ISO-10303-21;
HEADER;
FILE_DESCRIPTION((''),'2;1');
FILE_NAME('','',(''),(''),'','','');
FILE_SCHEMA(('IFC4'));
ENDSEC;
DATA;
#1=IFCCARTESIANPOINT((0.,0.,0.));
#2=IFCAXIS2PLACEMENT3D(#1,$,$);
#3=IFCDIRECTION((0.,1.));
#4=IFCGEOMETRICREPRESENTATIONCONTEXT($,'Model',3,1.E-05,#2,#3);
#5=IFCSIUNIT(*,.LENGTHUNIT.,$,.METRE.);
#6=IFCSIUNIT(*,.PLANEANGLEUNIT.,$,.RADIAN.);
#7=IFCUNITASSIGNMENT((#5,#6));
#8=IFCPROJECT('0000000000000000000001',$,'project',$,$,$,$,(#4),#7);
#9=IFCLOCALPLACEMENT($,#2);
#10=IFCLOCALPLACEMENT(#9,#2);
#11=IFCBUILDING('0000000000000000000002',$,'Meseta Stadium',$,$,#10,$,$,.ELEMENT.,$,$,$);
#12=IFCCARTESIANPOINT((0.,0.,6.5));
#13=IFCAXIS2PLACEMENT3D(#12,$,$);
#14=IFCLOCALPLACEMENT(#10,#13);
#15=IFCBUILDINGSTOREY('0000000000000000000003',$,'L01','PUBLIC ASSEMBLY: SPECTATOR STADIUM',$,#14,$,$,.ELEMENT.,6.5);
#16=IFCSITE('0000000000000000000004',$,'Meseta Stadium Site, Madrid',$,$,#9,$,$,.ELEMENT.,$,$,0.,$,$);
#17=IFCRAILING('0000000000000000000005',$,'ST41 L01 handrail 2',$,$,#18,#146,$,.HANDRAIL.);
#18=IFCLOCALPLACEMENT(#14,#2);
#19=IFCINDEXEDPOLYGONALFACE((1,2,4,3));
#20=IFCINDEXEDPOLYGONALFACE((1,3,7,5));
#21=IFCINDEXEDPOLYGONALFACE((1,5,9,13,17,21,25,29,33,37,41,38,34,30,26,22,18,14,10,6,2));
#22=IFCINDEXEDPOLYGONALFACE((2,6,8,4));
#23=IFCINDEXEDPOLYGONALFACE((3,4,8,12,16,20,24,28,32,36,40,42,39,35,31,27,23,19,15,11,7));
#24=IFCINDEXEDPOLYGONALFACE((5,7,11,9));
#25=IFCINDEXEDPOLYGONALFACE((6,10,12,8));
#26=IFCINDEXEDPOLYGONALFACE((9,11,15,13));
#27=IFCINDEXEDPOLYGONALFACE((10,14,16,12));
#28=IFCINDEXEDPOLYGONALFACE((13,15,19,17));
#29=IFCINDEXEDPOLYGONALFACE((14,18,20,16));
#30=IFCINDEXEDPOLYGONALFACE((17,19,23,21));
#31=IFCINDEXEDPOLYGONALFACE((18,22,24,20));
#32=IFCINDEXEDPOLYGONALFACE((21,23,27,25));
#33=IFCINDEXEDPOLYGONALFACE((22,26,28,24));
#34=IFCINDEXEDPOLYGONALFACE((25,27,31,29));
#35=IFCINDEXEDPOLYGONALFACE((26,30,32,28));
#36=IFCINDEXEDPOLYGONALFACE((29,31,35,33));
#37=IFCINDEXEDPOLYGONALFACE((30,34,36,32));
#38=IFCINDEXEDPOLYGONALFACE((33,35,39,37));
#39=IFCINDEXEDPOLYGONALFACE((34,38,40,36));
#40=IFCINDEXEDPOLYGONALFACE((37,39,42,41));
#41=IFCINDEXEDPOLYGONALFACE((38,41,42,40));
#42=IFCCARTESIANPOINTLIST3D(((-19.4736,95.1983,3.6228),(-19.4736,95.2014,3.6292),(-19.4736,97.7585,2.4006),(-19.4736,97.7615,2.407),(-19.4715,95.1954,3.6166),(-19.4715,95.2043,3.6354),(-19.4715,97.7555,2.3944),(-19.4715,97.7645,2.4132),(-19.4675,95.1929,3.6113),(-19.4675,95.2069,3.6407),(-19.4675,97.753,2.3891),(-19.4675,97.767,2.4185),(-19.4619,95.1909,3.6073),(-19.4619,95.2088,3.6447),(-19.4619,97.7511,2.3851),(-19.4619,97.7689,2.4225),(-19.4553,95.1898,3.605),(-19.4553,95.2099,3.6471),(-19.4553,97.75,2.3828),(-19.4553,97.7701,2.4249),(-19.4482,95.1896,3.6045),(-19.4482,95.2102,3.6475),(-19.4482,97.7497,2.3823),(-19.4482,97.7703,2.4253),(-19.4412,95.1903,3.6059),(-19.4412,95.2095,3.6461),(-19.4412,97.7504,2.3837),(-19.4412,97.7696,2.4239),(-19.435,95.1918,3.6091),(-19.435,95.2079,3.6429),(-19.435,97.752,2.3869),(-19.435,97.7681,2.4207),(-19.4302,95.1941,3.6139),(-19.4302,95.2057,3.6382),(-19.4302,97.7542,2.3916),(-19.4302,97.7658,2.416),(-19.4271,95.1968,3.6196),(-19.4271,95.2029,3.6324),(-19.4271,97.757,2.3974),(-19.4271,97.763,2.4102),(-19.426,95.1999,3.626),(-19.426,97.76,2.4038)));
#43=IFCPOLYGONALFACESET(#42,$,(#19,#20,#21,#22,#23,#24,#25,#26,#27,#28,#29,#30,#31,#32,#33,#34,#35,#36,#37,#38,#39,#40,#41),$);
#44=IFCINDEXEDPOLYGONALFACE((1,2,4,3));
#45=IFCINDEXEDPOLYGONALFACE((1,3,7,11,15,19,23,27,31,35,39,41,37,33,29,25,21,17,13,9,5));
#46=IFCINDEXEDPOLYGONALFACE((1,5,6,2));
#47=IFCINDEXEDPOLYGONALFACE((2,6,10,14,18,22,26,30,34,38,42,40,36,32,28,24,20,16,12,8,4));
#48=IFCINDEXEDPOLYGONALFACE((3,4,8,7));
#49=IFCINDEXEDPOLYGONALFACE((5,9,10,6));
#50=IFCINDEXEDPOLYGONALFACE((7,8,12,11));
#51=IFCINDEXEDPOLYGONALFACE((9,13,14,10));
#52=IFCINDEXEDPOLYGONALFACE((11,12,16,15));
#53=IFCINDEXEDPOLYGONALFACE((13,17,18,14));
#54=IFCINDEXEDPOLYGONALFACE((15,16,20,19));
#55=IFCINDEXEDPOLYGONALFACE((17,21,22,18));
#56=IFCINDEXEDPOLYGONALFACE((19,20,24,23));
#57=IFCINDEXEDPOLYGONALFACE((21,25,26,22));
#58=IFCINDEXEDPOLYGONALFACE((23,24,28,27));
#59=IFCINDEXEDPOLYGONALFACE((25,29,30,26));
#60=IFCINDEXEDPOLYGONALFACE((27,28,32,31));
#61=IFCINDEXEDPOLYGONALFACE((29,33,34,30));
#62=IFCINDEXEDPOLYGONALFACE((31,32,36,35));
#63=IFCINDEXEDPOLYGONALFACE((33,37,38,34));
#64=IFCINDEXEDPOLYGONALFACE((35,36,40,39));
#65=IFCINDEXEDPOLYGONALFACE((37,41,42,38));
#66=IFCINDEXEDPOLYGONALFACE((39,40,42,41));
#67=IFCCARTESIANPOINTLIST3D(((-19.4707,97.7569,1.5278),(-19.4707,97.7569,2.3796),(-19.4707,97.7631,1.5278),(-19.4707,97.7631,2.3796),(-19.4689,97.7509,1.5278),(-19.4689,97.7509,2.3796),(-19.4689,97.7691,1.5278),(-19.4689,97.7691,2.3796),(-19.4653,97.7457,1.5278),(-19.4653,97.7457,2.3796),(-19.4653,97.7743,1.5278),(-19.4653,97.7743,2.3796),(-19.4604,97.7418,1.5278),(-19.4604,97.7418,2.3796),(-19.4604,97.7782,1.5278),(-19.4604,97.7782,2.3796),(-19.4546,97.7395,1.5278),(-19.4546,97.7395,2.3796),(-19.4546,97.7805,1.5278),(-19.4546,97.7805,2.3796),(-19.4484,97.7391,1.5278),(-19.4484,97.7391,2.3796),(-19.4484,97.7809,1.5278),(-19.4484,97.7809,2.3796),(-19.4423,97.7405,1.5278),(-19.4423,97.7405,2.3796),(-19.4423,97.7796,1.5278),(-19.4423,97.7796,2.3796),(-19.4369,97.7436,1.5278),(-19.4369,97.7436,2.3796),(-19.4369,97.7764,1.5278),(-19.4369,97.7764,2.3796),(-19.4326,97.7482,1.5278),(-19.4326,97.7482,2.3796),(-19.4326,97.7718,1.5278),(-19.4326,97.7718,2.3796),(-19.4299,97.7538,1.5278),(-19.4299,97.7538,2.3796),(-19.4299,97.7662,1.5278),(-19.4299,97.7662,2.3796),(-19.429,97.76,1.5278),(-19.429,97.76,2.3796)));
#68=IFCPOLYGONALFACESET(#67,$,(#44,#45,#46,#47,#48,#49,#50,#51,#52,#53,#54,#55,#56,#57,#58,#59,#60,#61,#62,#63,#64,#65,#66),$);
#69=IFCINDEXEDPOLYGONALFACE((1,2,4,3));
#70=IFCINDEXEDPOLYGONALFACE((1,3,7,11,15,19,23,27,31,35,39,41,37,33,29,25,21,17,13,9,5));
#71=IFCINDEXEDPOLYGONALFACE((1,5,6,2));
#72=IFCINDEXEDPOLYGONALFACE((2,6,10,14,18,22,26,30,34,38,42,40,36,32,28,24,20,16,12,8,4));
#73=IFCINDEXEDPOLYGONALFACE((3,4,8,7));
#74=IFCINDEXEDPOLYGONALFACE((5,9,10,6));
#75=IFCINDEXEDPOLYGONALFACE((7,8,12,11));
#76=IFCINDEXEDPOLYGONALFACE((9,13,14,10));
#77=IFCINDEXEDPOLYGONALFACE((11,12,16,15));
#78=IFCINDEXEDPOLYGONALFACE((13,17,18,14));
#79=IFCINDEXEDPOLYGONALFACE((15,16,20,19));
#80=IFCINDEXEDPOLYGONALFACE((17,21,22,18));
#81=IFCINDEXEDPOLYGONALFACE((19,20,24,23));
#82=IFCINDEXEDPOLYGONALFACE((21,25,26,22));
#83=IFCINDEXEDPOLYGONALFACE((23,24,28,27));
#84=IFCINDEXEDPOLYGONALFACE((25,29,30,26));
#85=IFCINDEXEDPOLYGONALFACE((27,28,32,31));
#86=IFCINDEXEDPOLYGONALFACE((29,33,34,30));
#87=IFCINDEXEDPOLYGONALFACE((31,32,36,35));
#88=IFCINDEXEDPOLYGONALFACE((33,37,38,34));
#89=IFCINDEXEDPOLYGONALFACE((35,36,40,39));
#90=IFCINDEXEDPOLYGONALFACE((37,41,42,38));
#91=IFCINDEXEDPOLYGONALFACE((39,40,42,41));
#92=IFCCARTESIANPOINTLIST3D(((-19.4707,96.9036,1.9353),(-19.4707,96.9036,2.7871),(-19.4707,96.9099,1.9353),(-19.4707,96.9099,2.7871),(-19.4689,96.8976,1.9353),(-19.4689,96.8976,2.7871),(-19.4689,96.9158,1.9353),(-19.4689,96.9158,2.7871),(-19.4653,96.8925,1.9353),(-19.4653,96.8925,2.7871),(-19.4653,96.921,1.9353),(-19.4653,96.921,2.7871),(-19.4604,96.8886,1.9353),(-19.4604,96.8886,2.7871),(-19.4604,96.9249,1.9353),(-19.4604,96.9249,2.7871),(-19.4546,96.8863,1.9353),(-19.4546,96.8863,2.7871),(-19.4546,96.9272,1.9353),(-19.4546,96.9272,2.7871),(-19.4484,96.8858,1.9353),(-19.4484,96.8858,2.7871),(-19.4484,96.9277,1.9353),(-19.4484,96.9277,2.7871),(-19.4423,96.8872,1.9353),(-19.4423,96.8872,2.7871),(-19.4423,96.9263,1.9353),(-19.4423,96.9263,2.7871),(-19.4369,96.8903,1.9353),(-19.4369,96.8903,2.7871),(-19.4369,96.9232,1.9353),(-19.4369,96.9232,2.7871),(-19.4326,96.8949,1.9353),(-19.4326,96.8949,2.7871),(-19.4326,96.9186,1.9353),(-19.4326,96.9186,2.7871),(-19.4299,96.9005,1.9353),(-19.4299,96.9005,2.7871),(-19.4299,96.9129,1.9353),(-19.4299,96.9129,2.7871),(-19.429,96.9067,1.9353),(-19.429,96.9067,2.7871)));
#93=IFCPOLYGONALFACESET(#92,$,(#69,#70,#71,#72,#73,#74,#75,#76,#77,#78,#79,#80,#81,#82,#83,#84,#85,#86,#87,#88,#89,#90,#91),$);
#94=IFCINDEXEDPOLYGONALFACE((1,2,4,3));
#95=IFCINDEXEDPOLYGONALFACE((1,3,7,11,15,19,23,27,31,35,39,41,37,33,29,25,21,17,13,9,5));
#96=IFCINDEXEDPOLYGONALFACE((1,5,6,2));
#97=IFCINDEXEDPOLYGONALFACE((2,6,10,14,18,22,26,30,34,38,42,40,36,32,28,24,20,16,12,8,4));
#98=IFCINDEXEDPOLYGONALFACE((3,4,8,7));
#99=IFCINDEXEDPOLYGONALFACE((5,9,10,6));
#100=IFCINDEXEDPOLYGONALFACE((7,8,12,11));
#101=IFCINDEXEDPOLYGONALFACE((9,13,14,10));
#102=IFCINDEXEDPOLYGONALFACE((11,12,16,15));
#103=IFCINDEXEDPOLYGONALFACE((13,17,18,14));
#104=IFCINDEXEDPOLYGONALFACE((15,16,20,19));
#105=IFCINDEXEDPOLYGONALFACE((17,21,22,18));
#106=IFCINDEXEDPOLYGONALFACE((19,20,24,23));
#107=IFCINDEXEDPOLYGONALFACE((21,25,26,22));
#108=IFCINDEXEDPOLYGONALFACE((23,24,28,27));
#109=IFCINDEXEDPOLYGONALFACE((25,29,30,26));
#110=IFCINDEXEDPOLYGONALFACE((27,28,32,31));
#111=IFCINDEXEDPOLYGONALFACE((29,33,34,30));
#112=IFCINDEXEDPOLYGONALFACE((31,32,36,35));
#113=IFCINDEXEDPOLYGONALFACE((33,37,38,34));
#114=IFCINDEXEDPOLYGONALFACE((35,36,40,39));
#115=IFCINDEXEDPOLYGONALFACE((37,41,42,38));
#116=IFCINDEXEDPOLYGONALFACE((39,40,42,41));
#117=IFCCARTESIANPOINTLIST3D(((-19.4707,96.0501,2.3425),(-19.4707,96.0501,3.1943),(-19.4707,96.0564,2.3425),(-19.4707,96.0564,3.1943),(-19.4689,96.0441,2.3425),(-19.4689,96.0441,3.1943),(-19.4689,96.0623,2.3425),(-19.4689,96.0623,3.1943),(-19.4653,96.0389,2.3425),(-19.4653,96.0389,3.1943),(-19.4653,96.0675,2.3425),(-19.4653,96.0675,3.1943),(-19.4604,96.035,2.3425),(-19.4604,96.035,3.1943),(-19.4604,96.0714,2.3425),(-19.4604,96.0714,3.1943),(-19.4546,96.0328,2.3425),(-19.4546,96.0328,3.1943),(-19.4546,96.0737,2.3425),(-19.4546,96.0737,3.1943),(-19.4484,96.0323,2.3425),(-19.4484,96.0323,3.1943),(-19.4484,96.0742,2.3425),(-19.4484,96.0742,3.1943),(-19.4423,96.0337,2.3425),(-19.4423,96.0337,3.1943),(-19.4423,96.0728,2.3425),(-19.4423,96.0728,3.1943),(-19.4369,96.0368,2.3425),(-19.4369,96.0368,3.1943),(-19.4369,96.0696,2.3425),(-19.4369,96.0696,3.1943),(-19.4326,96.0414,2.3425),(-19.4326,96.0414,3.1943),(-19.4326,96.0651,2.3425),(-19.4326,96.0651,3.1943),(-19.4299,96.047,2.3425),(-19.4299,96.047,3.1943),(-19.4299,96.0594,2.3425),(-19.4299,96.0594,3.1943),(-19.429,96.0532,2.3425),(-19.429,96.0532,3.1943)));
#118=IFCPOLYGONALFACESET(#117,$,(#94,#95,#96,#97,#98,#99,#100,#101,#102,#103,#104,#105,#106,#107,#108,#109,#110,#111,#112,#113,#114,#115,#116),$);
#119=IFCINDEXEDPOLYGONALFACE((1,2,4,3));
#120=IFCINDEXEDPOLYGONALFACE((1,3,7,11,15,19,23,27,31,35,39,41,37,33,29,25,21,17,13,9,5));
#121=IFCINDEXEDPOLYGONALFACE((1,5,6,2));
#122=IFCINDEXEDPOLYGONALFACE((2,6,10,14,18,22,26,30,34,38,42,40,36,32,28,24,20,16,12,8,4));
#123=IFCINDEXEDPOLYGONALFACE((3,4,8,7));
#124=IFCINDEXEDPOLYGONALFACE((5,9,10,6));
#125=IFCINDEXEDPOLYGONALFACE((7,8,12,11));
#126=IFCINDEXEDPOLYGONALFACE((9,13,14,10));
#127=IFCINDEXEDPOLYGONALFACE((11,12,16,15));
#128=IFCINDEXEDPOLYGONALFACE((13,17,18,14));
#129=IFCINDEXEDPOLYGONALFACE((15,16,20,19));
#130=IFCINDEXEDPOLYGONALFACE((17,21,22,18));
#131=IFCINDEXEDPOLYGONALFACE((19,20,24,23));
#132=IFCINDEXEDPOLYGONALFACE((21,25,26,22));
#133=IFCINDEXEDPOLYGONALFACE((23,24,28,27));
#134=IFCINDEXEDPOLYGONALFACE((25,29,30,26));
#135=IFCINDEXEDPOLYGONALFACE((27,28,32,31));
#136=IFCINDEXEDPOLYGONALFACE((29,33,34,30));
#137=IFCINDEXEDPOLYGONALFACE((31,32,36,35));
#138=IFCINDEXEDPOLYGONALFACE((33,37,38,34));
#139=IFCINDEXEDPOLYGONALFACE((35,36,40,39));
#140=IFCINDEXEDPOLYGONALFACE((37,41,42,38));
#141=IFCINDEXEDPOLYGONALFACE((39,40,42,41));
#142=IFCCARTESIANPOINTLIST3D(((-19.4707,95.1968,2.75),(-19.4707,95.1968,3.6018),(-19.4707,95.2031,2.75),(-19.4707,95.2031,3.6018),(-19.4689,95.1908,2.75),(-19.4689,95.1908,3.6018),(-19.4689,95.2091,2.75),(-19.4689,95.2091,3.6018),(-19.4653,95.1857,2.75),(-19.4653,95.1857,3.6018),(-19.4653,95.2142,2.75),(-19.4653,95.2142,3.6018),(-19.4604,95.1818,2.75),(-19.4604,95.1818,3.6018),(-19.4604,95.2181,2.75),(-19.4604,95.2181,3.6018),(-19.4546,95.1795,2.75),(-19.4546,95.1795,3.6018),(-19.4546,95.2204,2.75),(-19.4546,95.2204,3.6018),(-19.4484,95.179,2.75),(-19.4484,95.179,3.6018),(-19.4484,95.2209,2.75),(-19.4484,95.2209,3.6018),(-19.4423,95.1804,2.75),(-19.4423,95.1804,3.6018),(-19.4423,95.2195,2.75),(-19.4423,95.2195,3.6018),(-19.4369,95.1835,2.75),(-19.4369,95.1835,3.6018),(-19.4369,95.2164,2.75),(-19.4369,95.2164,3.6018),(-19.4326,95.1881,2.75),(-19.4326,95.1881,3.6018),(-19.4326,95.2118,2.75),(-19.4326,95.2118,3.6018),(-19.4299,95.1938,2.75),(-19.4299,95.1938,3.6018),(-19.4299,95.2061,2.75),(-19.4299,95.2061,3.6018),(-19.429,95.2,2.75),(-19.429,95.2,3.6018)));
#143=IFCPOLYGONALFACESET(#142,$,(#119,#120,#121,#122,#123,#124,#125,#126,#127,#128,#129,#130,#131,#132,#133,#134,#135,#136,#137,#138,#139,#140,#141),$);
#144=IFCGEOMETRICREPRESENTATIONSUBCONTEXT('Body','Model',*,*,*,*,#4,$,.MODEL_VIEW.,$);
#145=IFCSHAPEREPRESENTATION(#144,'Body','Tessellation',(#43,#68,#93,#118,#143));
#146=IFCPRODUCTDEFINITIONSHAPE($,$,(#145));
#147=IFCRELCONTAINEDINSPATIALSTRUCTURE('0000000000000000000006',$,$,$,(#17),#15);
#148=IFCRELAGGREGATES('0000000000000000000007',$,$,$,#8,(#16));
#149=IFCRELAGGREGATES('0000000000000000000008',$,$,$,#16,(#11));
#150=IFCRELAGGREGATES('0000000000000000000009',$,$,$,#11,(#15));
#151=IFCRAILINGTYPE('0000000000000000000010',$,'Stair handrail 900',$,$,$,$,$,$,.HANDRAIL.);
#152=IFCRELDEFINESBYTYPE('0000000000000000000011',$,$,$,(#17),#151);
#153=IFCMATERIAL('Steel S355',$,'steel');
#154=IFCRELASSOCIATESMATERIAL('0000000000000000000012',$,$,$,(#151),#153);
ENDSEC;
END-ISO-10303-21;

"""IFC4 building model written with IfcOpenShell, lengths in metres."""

from ifc_helpers import new_model, si_unit, direction, frame, origin, origin_2d, place, context, subcontext, project, spatial, circle, extrude, material, type_object, element, save


model = new_model("IFC4")

# Units and contexts
model_context = context("Model", 3, precision=1e-05, world=origin(), true_north=direction((0.0, 1.0)))
body_context = subcontext(model_context, "Body", "Model", "MODEL_VIEW")
ifc_project = project(units=[si_unit("LENGTHUNIT", "METRE"), si_unit("PLANEANGLEUNIT", "RADIAN")], contexts=[model_context])

# Site, building, storey
site_placement = place(None, origin())
site = spatial("IfcSite", under=ifc_project, at=site_placement, Name="Meseta Stadium Site, Madrid", CompositionType="ELEMENT", RefElevation=0.0)
building_placement = place(site_placement, origin())
building = spatial("IfcBuilding", under=site, at=building_placement, Name="Meseta Stadium", CompositionType="ELEMENT")
storey_placement = place(building_placement, frame((0.0, 0.0, 6.5)))
storey = spatial("IfcBuildingStorey", under=building, at=storey_placement, Name="L01", Description="PUBLIC ASSEMBLY: SPECTATOR STADIUM", CompositionType="ELEMENT", Elevation=6.5)

# Railing
ifc_material_1 = material(Name="Steel S355", Category="steel")
railing_type_1 = type_object("IfcRailingType", Name="Stair handrail 900", PredefinedType="HANDRAIL", material=ifc_material_1)
for number, where, name in (
    (1, (-19.45, 97.76, 1.5278), "ST41 L01 handrail 2"),
):
    element("IfcRailing", number, at=place(storey_placement, frame(where)), inside=storey, type_object=railing_type_1, Name=name, PredefinedType="HANDRAIL", context=body_context, shape_type="SweptSolid", body=[
        extrude(circle(Radius=0.0239, at=origin_2d()), frame((0.0, 0.0, 0.876), z_axis=(0.0, -0.902437, 0.430822), x_axis=(1.0, 0.0, 0.0)), (0.0, 0.0, 1.0), 2.8369),
        extrude(circle(Radius=0.021, at=origin_2d()), origin(), (0.0, 0.0, 1.0), 0.8518),
        extrude(circle(Radius=0.021, at=origin_2d()), frame((0.0, -0.8533, 0.4075)), (0.0, 0.0, 1.0), 0.8518),
        extrude(circle(Radius=0.021, at=origin_2d()), frame((0.0, -1.7068, 0.8147)), (0.0, 0.0, 1.0), 0.8518),
        extrude(circle(Radius=0.021, at=origin_2d()), frame((0.0, -2.5601, 1.2222)), (0.0, 0.0, 1.0), 0.8518),
    ])

save(model, "model.ifc")
